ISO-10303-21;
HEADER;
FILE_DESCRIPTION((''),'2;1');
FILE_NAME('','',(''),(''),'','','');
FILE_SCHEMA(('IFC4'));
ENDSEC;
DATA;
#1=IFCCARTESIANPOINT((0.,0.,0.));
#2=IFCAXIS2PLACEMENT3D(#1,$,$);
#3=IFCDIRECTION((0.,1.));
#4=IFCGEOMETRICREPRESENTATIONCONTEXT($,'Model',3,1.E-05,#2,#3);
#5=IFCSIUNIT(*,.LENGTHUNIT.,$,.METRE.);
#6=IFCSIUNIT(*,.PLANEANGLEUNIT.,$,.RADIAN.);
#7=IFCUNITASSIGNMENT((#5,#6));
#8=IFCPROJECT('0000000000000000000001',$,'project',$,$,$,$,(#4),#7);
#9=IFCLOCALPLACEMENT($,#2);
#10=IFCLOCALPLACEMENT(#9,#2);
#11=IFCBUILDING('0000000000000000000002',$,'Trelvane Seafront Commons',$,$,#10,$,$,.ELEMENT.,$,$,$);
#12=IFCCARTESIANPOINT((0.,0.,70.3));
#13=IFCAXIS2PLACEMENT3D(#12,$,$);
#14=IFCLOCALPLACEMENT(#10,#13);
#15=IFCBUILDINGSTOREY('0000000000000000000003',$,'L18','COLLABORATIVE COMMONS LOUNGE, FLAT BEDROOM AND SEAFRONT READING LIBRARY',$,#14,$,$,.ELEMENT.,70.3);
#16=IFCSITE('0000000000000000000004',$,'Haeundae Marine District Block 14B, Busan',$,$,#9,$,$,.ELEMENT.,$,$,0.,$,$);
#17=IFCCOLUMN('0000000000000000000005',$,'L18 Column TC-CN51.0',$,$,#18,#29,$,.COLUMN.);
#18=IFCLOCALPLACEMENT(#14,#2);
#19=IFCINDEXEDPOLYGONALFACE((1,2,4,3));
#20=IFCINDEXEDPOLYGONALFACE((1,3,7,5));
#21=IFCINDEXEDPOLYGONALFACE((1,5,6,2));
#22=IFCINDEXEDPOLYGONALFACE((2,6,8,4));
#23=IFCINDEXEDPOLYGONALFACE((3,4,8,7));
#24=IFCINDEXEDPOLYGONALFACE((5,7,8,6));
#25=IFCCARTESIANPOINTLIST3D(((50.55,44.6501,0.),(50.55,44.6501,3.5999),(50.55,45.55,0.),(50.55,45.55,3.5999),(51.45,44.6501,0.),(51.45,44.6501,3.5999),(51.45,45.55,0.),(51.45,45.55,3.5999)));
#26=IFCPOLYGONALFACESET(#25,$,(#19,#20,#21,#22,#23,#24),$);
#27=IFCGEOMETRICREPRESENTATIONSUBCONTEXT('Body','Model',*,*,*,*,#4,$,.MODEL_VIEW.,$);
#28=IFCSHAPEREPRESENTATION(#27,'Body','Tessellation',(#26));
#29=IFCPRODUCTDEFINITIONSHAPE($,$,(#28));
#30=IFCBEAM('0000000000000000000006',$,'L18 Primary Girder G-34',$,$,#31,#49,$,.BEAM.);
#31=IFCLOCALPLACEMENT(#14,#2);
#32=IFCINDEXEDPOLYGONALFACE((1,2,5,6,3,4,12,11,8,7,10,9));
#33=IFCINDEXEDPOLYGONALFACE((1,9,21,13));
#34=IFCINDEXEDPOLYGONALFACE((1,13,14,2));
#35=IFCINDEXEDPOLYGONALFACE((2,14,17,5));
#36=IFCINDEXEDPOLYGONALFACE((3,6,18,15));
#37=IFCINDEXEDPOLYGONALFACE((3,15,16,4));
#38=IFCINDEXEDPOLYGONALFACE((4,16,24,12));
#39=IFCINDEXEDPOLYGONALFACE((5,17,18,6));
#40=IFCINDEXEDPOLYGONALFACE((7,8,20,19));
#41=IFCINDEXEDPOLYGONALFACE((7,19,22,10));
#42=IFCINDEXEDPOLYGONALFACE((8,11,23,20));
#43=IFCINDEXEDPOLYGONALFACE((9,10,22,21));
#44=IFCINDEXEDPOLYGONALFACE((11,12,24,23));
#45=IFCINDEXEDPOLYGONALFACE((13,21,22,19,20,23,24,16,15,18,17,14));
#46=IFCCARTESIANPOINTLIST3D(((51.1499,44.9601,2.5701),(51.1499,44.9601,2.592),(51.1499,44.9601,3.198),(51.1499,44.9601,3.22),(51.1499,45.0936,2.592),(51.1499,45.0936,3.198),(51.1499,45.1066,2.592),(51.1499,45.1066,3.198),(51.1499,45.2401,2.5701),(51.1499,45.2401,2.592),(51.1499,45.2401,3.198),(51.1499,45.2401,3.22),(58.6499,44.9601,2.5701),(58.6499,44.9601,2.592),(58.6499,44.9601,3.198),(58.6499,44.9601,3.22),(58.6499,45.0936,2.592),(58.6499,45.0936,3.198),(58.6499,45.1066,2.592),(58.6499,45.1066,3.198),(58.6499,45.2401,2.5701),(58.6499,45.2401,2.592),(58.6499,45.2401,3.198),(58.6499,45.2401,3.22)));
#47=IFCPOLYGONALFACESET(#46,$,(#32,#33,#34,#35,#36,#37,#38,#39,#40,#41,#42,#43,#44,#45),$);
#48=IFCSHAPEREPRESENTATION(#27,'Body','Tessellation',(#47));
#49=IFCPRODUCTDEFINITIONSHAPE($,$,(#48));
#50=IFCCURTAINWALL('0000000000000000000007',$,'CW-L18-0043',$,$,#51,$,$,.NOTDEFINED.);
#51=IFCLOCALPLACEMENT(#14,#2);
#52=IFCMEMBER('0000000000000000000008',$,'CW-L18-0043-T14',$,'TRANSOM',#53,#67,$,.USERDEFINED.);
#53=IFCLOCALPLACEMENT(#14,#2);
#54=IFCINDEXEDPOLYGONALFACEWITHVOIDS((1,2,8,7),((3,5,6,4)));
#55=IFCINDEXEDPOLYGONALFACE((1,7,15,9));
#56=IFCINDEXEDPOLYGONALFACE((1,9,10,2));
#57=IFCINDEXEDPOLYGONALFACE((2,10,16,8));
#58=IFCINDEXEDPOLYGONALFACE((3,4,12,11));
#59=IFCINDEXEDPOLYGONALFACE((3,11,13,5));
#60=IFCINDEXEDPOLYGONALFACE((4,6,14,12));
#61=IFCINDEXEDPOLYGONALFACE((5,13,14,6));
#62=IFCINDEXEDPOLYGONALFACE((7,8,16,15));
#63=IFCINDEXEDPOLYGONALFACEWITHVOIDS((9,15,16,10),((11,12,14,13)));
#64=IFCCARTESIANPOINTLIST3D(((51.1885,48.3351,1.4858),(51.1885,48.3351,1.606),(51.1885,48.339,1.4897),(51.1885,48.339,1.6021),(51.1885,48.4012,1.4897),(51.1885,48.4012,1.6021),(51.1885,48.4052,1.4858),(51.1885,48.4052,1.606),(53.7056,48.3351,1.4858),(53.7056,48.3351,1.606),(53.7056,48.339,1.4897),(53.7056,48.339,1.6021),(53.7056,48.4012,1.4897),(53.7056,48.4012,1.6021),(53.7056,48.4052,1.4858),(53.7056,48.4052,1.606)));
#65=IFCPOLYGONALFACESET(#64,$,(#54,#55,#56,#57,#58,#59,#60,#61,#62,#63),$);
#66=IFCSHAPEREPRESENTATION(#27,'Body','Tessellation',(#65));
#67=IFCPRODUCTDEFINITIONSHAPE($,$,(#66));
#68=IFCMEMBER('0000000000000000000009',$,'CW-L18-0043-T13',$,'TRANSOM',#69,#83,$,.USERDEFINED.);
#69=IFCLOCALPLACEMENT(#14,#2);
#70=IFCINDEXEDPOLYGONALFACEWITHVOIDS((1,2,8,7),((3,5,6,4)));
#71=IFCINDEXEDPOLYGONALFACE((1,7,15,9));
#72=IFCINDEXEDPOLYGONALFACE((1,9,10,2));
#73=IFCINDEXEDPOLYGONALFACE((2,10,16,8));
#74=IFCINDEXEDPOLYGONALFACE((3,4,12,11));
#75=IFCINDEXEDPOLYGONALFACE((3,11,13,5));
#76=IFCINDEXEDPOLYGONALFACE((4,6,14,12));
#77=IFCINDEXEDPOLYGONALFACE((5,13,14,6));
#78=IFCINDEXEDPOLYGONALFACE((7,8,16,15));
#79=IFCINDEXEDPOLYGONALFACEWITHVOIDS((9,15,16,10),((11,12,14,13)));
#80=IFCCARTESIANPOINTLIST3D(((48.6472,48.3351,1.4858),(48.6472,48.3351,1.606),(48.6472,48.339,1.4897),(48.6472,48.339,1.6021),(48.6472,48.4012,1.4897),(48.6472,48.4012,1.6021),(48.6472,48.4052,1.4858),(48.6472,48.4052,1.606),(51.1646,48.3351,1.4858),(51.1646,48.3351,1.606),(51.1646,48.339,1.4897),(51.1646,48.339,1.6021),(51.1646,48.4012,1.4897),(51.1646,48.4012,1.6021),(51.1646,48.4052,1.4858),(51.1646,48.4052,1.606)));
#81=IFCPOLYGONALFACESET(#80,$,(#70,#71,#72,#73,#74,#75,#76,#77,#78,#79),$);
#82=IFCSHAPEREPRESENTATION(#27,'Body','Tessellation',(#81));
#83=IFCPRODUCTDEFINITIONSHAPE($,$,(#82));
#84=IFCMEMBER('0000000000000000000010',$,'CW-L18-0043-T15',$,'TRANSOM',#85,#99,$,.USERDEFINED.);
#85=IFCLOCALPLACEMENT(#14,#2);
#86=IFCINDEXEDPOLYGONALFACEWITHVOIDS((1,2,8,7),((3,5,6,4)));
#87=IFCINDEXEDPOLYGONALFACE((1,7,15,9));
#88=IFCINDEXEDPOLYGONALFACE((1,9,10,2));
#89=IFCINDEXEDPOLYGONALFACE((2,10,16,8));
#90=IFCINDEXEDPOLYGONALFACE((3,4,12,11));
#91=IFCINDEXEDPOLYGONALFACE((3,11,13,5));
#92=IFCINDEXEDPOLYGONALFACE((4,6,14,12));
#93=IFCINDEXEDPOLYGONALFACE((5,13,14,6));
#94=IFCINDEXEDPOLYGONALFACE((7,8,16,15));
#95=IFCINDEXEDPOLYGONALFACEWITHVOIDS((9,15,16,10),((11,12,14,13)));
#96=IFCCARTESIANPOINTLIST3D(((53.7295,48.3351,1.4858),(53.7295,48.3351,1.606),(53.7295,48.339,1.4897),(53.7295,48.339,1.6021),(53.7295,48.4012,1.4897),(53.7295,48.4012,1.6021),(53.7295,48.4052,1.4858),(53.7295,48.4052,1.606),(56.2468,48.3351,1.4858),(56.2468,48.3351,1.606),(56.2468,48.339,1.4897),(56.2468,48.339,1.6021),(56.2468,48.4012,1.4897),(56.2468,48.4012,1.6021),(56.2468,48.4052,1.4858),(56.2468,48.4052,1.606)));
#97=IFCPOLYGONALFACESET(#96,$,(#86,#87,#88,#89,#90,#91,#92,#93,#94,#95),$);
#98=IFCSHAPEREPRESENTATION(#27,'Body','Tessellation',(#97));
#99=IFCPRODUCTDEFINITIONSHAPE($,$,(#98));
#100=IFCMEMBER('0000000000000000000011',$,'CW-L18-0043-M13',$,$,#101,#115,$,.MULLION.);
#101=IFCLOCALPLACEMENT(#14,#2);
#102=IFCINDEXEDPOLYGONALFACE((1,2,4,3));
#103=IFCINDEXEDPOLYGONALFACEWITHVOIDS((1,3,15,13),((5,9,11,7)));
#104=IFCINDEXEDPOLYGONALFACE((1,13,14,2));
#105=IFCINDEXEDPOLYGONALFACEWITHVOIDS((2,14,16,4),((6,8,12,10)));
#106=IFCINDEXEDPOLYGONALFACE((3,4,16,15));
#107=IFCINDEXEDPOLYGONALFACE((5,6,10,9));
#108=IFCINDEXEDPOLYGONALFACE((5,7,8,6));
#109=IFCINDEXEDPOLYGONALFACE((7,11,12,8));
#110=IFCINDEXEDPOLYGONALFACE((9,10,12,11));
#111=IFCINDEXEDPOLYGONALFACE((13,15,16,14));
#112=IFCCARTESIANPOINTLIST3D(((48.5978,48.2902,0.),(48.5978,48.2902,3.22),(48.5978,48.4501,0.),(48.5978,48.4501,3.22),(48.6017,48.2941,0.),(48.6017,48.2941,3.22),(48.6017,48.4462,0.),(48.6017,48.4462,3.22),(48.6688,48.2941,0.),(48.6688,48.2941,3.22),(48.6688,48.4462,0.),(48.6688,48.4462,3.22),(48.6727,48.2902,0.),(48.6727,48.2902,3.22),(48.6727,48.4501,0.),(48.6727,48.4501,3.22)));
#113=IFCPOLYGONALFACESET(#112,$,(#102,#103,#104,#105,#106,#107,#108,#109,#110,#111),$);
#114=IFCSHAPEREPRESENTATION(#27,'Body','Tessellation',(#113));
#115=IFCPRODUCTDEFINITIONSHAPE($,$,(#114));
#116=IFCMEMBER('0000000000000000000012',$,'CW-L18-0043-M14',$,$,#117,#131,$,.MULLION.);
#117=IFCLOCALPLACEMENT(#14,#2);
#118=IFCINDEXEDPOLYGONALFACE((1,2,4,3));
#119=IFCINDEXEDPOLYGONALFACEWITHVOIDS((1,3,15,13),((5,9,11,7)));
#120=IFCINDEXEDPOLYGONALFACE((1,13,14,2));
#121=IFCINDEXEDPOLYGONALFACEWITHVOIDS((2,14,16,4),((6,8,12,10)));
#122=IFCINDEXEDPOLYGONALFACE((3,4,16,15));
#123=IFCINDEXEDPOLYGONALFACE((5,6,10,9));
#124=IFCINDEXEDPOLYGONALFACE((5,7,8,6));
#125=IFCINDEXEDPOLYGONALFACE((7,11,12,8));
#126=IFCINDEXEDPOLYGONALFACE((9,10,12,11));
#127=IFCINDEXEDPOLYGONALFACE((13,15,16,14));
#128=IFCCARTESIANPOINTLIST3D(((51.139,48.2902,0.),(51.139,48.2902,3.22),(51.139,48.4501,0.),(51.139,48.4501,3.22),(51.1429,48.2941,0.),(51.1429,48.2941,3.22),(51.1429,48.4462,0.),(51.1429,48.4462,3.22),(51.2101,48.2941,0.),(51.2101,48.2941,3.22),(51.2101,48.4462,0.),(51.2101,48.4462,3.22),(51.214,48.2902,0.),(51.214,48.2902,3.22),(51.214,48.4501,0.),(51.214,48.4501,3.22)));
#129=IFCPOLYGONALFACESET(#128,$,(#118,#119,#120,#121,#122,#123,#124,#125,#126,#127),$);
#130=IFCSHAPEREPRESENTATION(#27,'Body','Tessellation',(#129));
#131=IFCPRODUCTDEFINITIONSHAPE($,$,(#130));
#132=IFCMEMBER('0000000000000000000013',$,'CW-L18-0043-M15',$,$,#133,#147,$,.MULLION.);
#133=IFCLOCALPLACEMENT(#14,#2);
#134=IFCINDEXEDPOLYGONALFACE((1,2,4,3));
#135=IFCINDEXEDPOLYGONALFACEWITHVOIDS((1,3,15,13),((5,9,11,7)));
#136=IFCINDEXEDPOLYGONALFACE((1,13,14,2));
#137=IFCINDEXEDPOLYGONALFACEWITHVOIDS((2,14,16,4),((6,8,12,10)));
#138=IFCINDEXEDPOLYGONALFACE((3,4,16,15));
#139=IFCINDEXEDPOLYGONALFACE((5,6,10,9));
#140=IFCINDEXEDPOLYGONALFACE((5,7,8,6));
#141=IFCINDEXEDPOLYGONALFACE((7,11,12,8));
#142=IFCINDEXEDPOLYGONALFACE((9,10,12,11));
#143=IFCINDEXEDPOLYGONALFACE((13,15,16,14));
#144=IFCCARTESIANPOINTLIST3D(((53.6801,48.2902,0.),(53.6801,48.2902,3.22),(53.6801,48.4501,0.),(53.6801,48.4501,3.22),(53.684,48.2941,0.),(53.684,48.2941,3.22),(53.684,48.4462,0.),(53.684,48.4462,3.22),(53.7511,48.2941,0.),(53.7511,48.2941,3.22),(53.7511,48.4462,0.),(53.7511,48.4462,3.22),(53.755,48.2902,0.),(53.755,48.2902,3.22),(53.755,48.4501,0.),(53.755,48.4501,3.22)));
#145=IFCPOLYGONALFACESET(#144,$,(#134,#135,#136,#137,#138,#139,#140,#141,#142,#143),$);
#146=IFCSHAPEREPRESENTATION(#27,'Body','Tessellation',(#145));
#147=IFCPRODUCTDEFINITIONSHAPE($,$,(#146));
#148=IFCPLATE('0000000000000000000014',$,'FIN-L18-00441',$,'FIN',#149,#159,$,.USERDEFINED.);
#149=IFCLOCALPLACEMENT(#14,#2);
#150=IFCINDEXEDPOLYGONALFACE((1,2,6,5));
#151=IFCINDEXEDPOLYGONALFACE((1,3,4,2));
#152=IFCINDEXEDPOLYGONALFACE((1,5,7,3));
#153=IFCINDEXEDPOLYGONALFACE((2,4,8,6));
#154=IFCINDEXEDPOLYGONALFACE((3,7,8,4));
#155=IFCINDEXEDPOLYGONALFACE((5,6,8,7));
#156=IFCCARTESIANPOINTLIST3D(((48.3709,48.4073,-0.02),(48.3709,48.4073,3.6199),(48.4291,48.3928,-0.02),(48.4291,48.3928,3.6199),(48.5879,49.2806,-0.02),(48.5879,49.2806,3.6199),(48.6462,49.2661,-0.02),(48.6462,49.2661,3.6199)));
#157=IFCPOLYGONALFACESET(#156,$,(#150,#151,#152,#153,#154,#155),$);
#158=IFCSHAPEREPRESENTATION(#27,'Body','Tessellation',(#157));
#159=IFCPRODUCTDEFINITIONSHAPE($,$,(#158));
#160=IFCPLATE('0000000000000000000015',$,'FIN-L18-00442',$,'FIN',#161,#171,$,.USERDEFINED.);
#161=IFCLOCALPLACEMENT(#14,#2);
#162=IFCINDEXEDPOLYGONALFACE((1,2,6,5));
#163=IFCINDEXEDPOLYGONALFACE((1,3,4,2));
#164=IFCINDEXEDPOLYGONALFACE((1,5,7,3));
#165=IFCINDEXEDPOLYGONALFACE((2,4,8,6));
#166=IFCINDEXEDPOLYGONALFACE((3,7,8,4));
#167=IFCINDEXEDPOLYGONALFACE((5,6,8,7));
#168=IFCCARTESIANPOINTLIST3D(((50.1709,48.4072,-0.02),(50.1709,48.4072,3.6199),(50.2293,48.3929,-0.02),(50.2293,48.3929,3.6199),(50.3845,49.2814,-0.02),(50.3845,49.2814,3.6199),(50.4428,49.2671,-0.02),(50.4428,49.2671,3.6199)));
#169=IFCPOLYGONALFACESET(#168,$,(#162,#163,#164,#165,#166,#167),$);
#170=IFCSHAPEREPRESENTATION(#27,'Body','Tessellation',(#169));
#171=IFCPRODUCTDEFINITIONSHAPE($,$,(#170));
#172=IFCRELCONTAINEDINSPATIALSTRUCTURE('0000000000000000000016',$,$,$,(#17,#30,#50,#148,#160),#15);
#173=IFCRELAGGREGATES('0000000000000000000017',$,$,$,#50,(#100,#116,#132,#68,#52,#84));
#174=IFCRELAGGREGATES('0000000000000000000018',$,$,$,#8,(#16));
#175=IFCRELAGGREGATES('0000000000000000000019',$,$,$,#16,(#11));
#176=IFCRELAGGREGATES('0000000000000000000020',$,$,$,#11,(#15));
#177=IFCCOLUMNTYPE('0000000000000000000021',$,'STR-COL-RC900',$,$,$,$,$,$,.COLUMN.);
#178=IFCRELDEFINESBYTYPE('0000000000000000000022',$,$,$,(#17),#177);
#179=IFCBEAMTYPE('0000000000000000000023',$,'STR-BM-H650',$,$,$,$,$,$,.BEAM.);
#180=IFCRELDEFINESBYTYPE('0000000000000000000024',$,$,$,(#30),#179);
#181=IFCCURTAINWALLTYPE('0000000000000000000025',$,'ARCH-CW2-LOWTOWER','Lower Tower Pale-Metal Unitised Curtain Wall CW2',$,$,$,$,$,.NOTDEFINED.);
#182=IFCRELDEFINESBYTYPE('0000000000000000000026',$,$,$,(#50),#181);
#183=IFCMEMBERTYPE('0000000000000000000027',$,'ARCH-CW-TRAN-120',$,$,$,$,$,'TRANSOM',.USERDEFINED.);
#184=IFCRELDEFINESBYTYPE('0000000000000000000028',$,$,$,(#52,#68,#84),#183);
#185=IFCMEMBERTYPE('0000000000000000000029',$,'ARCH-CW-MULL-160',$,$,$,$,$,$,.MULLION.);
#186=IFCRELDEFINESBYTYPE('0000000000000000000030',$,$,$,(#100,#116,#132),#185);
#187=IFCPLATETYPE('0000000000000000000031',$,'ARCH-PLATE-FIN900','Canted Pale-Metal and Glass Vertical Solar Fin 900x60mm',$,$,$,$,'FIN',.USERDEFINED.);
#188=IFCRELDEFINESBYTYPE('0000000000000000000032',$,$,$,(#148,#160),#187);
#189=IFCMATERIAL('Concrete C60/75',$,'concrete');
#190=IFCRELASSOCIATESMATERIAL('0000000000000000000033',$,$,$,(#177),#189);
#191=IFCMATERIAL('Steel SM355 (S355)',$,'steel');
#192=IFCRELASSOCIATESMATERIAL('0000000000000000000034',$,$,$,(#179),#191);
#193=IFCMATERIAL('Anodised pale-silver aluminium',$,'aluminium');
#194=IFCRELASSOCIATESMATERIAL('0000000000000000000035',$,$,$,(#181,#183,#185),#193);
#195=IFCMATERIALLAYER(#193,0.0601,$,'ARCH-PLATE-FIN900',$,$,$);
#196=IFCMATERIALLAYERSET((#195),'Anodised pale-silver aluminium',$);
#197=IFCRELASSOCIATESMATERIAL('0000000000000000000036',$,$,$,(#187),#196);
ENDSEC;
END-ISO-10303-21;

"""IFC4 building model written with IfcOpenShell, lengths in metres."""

from ifc_helpers import new_model, si_unit, direction, frame, origin, origin_2d, place, context, subcontext, project, spatial, rectangle, hollow_rectangle, i_section, extrude, source, transform, mapped, material, layer, layer_set, material_profile, profile_set, type_object, element, aggregate, save


model = new_model("IFC4")

# Units and contexts
model_context = context("Model", 3, precision=1e-05, world=origin(), true_north=direction((0.0, 1.0)))
body_context = subcontext(model_context, "Body", "Model", "MODEL_VIEW")
ifc_project = project(units=[si_unit("LENGTHUNIT", "METRE"), si_unit("PLANEANGLEUNIT", "RADIAN")], contexts=[model_context])

# Site, building, storey
site_placement = place(None, origin())
site = spatial("IfcSite", under=ifc_project, at=site_placement, Name="Haeundae Marine District Block 14B, Busan", CompositionType="ELEMENT", RefElevation=0.0)
building_placement = place(site_placement, origin())
building = spatial("IfcBuilding", under=site, at=building_placement, Name="Trelvane Seafront Commons", CompositionType="ELEMENT")
storey_placement = place(building_placement, frame((0.0, 0.0, 70.3)))
storey = spatial("IfcBuildingStorey", under=building, at=storey_placement, Name="L18", Description="COLLABORATIVE COMMONS LOUNGE, FLAT BEDROOM AND SEAFRONT READING LIBRARY", CompositionType="ELEMENT", Elevation=70.3)

# Column
ifc_material_1 = material(Name="Concrete C60/75", Category="concrete")
ifc_material_profile_1 = material_profile(ifc_material_1, rectangle(XDim=0.8999, YDim=0.8999, at=origin_2d()), Name="RC-900x900")
ifc_profile_set_1 = profile_set([ifc_material_profile_1], Name="Concrete C60/75")
column_type = type_object("IfcColumnType", Name="STR-COL-RC900", PredefinedType="COLUMN", material=ifc_profile_set_1)
shared_shape_1 = source(origin(), body_context, "Body", "SweptSolid", [
    extrude(rectangle(XDim=0.8999, YDim=0.8999, at=origin_2d()), origin(), (0.0, 0.0, 1.0), 3.5999),
])
column_placement = place(storey_placement, frame((51.0, 45.1001, 0.0), z_axis=(0.0, 0.0, 1.0), x_axis=(1.0, 0.0, 0.0)))
element("IfcColumn", 1, at=column_placement, inside=storey, type_object=column_type, Name="L18 Column TC-CN51.0", PredefinedType="COLUMN", context=body_context, shape_type="MappedRepresentation", body=[
    mapped(shared_shape_1, transform((0.0, 0.0, 0.0), x_axis=(1.0, 0.0, 0.0), y_axis=(0.0, 1.0, 0.0), z_axis=(0.0, 0.0, 1.0), scale=1.0)),
])

# Beam
ifc_material_2 = material(Name="Steel SM355 (S355)", Category="steel")
ifc_material_profile_2 = material_profile(ifc_material_2, i_section(OverallWidth=0.28, OverallDepth=0.6499, WebThickness=0.0129, FlangeThickness=0.022, at=origin_2d()), Name="H-650x280x13x22")
ifc_profile_set_2 = profile_set([ifc_material_profile_2], Name="Steel SM355 (S355)")
beam_type = type_object("IfcBeamType", Name="STR-BM-H650", PredefinedType="BEAM", material=ifc_profile_set_2)
shared_shape_2 = source(origin(), body_context, "Body", "SweptSolid", [
    extrude(i_section(OverallWidth=0.28, OverallDepth=0.6499, WebThickness=0.0129, FlangeThickness=0.022, at=origin_2d()), origin(), (0.0, 0.0, 1.0), 7.5),
])
beam_placement = place(storey_placement, frame((51.1499, 45.1001, 2.895), z_axis=(1.0, 0.0, 0.0), x_axis=(0.0, 1.0, 0.0)))
element("IfcBeam", 2, at=beam_placement, inside=storey, type_object=beam_type, Name="L18 Primary Girder G-34", PredefinedType="BEAM", context=body_context, shape_type="MappedRepresentation", body=[
    mapped(shared_shape_2, transform((0.0, 0.0, 0.0), x_axis=(1.0, 0.0, 0.0), y_axis=(0.0, 1.0, 0.0), z_axis=(0.0, 0.0, 1.0), scale=1.0)),
])

# Curtain wall, members
ifc_material_3 = material(Name="Anodised pale-silver aluminium", Category="aluminium")
curtain_wall_type = type_object("IfcCurtainWallType", Name="ARCH-CW2-LOWTOWER", Description="Lower Tower Pale-Metal Unitised Curtain Wall CW2", PredefinedType="NOTDEFINED", material=ifc_material_3)
curtain_wall_placement = place(storey_placement, origin())
curtain_wall = element("IfcCurtainWall", 3, at=curtain_wall_placement, inside=storey, type_object=curtain_wall_type, Name="CW-L18-0043", PredefinedType="NOTDEFINED")
ifc_material_profile_3 = material_profile(ifc_material_3, hollow_rectangle(XDim=0.0701, YDim=0.1201, WallThickness=0.0039, at=origin_2d()), Name="TRAN-70x120x4")
ifc_profile_set_3 = profile_set([ifc_material_profile_3], Name="Anodised pale-silver aluminium")
member_type_1 = type_object("IfcMemberType", Name="ARCH-CW-TRAN-120", ElementType="TRANSOM", PredefinedType="USERDEFINED", material=ifc_profile_set_3)
shared_shape_3 = source(origin(), body_context, "Body", "SweptSolid", [
    extrude(hollow_rectangle(XDim=0.0701, YDim=0.1201, WallThickness=0.0039, at=origin_2d()), origin(), (0.0, 0.0, 1.0), 2.5171),
])
member_1_placement = place(storey_placement, frame((51.1885, 48.3701, 1.5459), z_axis=(1.0, 0.0, 0.0), x_axis=(0.0, 1.0, 0.0)))
member_1 = element("IfcMember", 4, at=member_1_placement, type_object=member_type_1, Name="CW-L18-0043-T14", ObjectType="TRANSOM", PredefinedType="USERDEFINED", context=body_context, shape_type="MappedRepresentation", body=[
    mapped(shared_shape_3, transform((0.0, 0.0, 0.0), x_axis=(1.0, 0.0, 0.0), y_axis=(0.0, 1.0, 0.0), z_axis=(0.0, 0.0, 1.0), scale=1.0)),
])
shared_shape_4 = source(origin(), body_context, "Body", "SweptSolid", [
    extrude(hollow_rectangle(XDim=0.0701, YDim=0.1201, WallThickness=0.0039, at=origin_2d()), origin(), (0.0, 0.0, 1.0), 2.5173),
])
member_2_placement = place(storey_placement, frame((48.6472, 48.3701, 1.5459), z_axis=(1.0, 0.0, 0.0), x_axis=(0.0, 1.0, 0.0)))
member_2 = element("IfcMember", 5, at=member_2_placement, type_object=member_type_1, Name="CW-L18-0043-T13", ObjectType="TRANSOM", PredefinedType="USERDEFINED", context=body_context, shape_type="MappedRepresentation", body=[
    mapped(shared_shape_4, transform((0.0, 0.0, 0.0), x_axis=(1.0, 0.0, 0.0), y_axis=(0.0, 1.0, 0.0), z_axis=(0.0, 0.0, 1.0), scale=1.0)),
])
member_3_placement = place(storey_placement, frame((53.7295, 48.3701, 1.5459), z_axis=(1.0, 0.0, 0.0), x_axis=(0.0, 1.0, 0.0)))
member_3 = element("IfcMember", 6, at=member_3_placement, type_object=member_type_1, Name="CW-L18-0043-T15", ObjectType="TRANSOM", PredefinedType="USERDEFINED", context=body_context, shape_type="MappedRepresentation", body=[
    mapped(shared_shape_4, transform((0.0, 0.0, 0.0), x_axis=(1.0, 0.0, 0.0), y_axis=(0.0, 1.0, 0.0), z_axis=(0.0, 0.0, 1.0), scale=1.0)),
])
ifc_material_profile_4 = material_profile(ifc_material_3, hollow_rectangle(XDim=0.075, YDim=0.1599, WallThickness=0.0039, at=origin_2d()), Name="MULL-75x160x4")
ifc_profile_set_4 = profile_set([ifc_material_profile_4], Name="Anodised pale-silver aluminium")
member_type_2 = type_object("IfcMemberType", Name="ARCH-CW-MULL-160", PredefinedType="MULLION", material=ifc_profile_set_4)
shared_shape_5 = source(origin(), body_context, "Body", "SweptSolid", [
    extrude(hollow_rectangle(XDim=0.075, YDim=0.1599, WallThickness=0.0039, at=origin_2d()), origin(), (0.0, 0.0, 1.0), 3.22),
])
member_4_placement = place(storey_placement, frame((48.6353, 48.3701, 0.0), z_axis=(0.0, 0.0, 1.0), x_axis=(1.0, 0.0, 0.0)))
member_4 = element("IfcMember", 7, at=member_4_placement, type_object=member_type_2, Name="CW-L18-0043-M13", PredefinedType="MULLION", context=body_context, shape_type="MappedRepresentation", body=[
    mapped(shared_shape_5, transform((0.0, 0.0, 0.0), x_axis=(1.0, 0.0, 0.0), y_axis=(0.0, 1.0, 0.0), z_axis=(0.0, 0.0, 1.0), scale=1.0)),
])
member_5_placement = place(storey_placement, frame((51.1765, 48.3701, 0.0), z_axis=(0.0, 0.0, 1.0), x_axis=(1.0, 0.0, 0.0)))
member_5 = element("IfcMember", 8, at=member_5_placement, type_object=member_type_2, Name="CW-L18-0043-M14", PredefinedType="MULLION", context=body_context, shape_type="MappedRepresentation", body=[
    mapped(shared_shape_5, transform((0.0, 0.0, 0.0), x_axis=(1.0, 0.0, 0.0), y_axis=(0.0, 1.0, 0.0), z_axis=(0.0, 0.0, 1.0), scale=1.0)),
])
member_6_placement = place(storey_placement, frame((53.7175, 48.3701, 0.0), z_axis=(0.0, 0.0, 1.0), x_axis=(1.0, 0.0, 0.0)))
member_6 = element("IfcMember", 9, at=member_6_placement, type_object=member_type_2, Name="CW-L18-0043-M15", PredefinedType="MULLION", context=body_context, shape_type="MappedRepresentation", body=[
    mapped(shared_shape_5, transform((0.0, 0.0, 0.0), x_axis=(1.0, 0.0, 0.0), y_axis=(0.0, 1.0, 0.0), z_axis=(0.0, 0.0, 1.0), scale=1.0)),
])

# Plates
ifc_layer_1 = layer(ifc_material_3, 0.0601, Name="ARCH-PLATE-FIN900")
ifc_layer_set_1 = layer_set([ifc_layer_1], Name="Anodised pale-silver aluminium")
plate_type_1 = type_object("IfcPlateType", Name="ARCH-PLATE-FIN900", Description="Canted Pale-Metal and Glass Vertical Solar Fin 900x60mm", ElementType="FIN", PredefinedType="USERDEFINED", material=ifc_layer_set_1)
shared_shape_6 = source(origin(), body_context, "Body", "SweptSolid", [
    extrude(rectangle(XDim=0.8999, YDim=0.0601, at=origin_2d()), origin(), (0.0, 0.0, 1.0), 3.6399),
])
for number, where, z_axis, x_axis, name in (
    (10, (48.5085, 48.8367, -0.02), (0.0, 0.0, 1.0), (0.241228, 0.970469, 0.0), "FIN-L18-00441"),
    (11, (50.3069, 48.8372, -0.02), (0.0, 0.0, 1.0), (0.23733, 0.971429, 0.0), "FIN-L18-00442"),
):
    element("IfcPlate", number, at=place(storey_placement, frame(where, z_axis=z_axis, x_axis=x_axis)), inside=storey, type_object=plate_type_1, Name=name, ObjectType="FIN", PredefinedType="USERDEFINED", context=body_context, shape_type="MappedRepresentation", body=[
        mapped(shared_shape_6, transform((0.0, 0.0, 0.0), x_axis=(1.0, 0.0, 0.0), y_axis=(0.0, 1.0, 0.0), z_axis=(0.0, 0.0, 1.0), scale=1.0)),
    ])

aggregate(curtain_wall, [member_4, member_5, member_6, member_2, member_1, member_3])

save(model, "model.ifc")
